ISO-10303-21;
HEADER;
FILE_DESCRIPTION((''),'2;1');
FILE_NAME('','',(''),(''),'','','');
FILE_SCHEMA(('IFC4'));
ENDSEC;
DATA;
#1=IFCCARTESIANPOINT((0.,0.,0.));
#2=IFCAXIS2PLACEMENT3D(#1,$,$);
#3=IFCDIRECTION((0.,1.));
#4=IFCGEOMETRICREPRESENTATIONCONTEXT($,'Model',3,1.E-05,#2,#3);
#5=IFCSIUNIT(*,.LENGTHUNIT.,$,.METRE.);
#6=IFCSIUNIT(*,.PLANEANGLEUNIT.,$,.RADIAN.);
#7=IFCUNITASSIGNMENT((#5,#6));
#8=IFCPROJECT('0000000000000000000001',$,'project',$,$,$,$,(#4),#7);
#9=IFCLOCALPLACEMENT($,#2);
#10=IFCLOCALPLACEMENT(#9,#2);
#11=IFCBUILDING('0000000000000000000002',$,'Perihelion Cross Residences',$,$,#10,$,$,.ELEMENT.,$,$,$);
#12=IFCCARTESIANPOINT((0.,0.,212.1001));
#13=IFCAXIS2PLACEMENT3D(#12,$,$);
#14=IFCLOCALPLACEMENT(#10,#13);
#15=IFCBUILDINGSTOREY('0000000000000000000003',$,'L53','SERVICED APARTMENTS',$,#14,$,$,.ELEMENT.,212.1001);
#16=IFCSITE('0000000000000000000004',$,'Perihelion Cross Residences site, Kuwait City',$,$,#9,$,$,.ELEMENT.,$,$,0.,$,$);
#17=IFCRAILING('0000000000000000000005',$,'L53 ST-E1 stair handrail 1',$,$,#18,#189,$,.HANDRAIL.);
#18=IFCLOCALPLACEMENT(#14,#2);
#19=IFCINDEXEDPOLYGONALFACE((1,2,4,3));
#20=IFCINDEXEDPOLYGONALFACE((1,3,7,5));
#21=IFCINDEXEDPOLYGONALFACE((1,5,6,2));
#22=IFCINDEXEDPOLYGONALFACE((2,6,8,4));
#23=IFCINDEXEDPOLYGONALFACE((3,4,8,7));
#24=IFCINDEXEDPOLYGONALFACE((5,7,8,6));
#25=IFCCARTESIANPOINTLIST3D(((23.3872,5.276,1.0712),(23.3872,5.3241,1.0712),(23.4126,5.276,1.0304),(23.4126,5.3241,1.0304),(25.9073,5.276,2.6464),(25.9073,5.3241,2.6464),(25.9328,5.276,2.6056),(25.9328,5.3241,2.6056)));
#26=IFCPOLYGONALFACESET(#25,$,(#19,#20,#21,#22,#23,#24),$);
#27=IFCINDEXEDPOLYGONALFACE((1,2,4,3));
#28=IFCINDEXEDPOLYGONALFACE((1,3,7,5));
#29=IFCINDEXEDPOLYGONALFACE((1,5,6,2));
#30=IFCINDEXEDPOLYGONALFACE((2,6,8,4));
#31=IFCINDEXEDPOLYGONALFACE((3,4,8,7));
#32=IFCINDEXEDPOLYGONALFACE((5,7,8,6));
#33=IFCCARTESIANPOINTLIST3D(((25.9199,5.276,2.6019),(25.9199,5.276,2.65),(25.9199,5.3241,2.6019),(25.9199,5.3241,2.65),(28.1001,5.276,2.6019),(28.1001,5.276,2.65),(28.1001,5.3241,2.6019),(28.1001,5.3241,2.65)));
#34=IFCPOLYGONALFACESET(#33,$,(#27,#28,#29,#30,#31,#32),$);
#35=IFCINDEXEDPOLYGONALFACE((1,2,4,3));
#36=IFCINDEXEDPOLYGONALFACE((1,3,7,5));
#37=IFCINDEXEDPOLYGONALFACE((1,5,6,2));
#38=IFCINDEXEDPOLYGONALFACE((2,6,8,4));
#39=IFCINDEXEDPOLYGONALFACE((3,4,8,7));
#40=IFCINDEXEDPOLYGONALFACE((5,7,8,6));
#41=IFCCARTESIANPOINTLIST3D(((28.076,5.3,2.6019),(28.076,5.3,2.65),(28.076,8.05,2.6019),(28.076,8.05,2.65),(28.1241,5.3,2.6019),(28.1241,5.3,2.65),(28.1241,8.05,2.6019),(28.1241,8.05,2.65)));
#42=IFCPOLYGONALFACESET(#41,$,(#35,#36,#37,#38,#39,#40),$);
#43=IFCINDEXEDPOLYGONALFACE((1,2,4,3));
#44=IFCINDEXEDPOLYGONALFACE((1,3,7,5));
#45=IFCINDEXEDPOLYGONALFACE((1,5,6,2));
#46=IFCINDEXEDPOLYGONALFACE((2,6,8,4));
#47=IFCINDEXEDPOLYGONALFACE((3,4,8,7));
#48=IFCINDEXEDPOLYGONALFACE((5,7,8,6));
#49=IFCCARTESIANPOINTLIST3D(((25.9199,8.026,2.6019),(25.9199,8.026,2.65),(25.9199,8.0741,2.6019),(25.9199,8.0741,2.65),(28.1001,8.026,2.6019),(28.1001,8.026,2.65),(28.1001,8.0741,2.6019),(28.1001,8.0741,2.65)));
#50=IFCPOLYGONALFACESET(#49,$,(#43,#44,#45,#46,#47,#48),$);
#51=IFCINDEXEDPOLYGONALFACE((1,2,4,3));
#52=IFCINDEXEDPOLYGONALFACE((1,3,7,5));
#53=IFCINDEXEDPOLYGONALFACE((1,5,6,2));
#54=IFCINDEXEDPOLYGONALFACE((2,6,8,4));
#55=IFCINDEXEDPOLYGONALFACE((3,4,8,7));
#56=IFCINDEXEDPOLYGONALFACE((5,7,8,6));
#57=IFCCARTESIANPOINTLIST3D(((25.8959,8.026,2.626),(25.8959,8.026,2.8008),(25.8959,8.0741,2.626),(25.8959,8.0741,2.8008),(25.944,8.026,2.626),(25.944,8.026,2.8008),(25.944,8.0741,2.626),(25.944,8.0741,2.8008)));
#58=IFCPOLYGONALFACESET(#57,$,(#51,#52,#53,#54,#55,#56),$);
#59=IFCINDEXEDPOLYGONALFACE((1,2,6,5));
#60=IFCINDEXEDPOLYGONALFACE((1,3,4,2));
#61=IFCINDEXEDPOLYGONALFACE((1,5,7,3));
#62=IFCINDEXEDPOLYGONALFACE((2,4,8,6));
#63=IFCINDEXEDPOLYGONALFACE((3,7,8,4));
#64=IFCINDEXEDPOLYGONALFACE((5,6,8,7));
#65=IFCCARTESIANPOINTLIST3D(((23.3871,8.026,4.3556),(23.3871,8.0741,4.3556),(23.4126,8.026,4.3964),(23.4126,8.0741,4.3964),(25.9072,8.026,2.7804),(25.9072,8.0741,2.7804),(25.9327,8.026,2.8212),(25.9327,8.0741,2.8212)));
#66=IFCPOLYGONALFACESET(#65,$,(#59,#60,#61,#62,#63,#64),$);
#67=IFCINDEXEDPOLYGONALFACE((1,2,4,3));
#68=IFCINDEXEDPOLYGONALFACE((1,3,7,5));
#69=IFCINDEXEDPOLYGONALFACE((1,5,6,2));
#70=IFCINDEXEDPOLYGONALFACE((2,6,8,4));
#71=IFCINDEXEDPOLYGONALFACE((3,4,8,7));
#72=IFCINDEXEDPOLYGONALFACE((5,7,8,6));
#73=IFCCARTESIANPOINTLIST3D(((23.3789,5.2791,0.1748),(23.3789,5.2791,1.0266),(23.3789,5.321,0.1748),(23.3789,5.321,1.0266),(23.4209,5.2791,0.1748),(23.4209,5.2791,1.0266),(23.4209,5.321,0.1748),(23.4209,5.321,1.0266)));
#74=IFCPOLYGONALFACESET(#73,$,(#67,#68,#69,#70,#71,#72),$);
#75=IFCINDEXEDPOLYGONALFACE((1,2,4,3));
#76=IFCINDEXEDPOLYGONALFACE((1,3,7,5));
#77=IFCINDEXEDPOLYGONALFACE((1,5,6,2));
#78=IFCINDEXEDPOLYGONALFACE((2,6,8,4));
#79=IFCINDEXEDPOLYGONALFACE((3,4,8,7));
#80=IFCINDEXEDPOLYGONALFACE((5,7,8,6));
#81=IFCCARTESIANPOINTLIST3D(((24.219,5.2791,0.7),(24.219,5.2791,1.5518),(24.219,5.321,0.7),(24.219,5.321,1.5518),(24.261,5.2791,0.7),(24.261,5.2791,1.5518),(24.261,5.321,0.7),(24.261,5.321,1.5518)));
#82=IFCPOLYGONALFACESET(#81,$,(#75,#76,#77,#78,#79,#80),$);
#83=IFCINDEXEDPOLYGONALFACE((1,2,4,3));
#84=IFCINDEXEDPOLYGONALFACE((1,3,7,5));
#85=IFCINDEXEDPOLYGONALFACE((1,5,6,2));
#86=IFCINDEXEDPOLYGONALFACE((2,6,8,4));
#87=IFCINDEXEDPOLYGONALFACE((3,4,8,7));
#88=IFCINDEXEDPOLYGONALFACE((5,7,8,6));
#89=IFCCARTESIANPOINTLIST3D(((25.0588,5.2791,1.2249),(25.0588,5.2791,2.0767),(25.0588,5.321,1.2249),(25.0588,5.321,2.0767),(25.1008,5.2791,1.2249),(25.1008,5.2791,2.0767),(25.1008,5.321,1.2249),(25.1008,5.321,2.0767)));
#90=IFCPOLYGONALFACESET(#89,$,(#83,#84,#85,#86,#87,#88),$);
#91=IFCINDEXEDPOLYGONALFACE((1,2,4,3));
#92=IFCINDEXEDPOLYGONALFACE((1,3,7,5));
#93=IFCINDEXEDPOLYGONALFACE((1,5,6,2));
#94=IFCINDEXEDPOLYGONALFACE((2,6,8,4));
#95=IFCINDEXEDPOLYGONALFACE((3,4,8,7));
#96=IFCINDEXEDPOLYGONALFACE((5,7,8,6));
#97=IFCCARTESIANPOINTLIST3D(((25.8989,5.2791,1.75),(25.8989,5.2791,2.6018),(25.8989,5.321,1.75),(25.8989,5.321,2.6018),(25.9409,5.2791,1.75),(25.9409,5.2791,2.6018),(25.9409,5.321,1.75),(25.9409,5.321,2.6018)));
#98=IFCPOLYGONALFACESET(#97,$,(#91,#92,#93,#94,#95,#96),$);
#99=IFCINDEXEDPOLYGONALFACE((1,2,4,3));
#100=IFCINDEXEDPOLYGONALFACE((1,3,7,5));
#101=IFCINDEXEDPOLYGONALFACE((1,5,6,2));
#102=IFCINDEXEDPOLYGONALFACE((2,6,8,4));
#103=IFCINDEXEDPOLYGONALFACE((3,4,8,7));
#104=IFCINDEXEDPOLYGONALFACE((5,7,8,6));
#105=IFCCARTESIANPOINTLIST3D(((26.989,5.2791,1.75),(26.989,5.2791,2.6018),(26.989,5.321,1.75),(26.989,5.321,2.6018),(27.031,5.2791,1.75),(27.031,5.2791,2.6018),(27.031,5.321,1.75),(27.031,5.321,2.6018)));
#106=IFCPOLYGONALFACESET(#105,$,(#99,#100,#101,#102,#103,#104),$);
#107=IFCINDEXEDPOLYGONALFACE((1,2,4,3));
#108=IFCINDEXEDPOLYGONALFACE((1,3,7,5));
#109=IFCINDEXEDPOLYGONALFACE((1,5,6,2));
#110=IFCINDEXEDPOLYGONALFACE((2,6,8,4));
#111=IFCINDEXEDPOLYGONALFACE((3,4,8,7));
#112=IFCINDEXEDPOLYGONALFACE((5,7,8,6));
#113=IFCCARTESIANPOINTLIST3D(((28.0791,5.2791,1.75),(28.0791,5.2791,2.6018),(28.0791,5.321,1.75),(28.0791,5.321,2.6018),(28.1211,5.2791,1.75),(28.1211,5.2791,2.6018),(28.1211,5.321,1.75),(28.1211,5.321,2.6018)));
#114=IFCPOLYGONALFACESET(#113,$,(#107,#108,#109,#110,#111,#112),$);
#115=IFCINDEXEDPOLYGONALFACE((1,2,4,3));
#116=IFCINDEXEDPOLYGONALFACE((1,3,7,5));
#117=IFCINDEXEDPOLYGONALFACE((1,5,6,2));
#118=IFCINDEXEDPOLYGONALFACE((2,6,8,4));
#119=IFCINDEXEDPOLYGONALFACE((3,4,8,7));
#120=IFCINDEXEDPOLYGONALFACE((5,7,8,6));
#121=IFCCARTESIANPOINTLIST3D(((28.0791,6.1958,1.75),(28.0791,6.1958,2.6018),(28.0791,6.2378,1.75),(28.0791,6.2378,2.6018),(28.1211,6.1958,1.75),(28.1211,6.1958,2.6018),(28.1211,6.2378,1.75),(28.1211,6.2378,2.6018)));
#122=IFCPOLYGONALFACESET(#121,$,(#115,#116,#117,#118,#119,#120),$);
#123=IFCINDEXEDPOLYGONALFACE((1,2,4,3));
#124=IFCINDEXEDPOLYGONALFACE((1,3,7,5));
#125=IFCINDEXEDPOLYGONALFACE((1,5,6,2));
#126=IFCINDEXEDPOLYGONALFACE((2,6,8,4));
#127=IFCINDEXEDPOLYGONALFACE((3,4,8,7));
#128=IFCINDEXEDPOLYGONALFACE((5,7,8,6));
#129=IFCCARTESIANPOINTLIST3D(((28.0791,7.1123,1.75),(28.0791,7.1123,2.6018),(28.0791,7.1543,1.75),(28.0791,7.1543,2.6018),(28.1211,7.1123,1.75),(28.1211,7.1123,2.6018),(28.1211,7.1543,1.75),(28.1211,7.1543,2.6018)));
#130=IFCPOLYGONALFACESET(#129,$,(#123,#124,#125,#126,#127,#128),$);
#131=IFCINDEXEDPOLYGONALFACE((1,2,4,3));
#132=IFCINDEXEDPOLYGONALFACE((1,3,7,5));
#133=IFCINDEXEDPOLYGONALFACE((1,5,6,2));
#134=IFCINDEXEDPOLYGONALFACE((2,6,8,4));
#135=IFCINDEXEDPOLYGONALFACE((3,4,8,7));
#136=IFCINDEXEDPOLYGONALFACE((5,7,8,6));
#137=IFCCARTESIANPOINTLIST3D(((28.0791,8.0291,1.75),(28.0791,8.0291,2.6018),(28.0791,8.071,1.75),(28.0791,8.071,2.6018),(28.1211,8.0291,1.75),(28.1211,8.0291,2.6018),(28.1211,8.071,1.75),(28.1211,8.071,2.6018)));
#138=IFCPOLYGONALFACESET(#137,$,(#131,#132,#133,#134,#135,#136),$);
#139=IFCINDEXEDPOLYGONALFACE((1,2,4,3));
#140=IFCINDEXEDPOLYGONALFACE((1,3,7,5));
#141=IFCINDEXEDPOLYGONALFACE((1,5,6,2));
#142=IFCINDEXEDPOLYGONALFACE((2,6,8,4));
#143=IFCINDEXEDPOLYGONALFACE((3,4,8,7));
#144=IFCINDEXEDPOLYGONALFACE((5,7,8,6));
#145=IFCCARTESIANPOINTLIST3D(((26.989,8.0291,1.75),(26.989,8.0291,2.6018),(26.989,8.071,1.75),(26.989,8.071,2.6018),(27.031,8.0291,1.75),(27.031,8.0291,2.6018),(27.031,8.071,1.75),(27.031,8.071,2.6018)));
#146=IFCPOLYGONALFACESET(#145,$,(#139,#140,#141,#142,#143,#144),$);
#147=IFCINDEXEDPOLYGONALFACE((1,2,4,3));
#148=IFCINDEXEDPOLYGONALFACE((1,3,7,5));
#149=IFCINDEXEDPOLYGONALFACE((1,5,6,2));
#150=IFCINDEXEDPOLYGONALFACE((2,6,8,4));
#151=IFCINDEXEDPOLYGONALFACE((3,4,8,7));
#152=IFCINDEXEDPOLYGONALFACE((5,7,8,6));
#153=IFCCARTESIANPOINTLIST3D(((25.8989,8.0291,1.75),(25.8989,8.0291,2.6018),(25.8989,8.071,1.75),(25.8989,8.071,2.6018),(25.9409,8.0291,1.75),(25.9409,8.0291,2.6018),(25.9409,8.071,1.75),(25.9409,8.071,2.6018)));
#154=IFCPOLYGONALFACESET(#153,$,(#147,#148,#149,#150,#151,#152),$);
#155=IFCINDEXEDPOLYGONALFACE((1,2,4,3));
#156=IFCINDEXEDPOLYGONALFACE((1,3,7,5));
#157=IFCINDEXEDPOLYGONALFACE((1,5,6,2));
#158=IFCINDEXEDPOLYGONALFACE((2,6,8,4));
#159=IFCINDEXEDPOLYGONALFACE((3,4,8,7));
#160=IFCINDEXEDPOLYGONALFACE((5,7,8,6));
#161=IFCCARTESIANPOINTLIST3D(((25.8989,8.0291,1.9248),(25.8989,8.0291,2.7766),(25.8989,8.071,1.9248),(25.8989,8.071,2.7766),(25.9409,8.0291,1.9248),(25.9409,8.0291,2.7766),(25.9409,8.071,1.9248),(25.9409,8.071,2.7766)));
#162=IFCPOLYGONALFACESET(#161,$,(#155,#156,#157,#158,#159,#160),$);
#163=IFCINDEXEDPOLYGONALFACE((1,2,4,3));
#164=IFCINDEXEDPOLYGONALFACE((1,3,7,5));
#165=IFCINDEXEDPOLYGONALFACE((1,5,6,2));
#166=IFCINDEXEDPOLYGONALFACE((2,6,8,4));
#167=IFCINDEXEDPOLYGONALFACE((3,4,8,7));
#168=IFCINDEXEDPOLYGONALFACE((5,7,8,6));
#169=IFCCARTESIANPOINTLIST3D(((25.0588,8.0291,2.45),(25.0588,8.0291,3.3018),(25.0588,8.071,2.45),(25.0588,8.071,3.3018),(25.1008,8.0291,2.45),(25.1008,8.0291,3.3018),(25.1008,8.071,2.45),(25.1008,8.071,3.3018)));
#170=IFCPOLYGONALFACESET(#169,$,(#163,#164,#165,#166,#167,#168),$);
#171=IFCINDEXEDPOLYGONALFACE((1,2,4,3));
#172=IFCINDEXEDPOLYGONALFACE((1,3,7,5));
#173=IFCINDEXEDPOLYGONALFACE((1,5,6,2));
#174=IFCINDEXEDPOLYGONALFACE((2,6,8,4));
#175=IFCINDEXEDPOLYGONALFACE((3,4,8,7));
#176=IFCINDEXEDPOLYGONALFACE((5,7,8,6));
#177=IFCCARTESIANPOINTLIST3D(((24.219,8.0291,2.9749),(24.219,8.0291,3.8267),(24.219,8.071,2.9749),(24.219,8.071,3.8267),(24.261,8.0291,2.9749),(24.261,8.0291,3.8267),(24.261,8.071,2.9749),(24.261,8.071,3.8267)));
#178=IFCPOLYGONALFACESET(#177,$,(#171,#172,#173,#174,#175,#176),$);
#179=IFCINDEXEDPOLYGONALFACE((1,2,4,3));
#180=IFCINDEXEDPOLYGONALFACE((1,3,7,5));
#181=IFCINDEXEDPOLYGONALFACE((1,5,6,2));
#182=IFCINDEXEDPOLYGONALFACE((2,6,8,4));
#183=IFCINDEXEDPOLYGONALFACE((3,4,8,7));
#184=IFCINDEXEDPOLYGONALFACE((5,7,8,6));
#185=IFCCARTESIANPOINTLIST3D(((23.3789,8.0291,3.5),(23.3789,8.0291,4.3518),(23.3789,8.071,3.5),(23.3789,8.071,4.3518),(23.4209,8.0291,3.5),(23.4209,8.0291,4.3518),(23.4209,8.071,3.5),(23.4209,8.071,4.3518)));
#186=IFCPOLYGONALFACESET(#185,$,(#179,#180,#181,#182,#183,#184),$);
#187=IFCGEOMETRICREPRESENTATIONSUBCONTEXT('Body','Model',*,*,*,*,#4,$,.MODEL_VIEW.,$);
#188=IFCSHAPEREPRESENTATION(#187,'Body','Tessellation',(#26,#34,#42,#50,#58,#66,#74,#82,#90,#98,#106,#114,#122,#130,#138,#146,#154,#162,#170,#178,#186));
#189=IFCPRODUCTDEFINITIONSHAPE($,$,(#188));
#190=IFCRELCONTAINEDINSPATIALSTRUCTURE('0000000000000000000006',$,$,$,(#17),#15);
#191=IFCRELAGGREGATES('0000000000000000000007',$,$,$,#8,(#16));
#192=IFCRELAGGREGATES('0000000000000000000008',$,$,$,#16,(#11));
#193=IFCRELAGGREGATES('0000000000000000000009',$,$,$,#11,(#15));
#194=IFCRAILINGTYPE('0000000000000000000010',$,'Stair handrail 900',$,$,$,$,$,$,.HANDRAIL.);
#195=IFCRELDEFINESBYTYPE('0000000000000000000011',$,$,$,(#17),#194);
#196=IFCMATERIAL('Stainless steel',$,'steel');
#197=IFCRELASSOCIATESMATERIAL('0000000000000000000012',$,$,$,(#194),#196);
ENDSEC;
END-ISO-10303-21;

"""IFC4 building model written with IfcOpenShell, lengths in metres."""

from ifc_helpers import new_model, si_unit, direction, frame, origin, origin_2d, place, context, subcontext, project, spatial, rectangle, extrude, material, type_object, element, save


model = new_model("IFC4")

# Units and contexts
model_context = context("Model", 3, precision=1e-05, world=origin(), true_north=direction((0.0, 1.0)))
body_context = subcontext(model_context, "Body", "Model", "MODEL_VIEW")
ifc_project = project(units=[si_unit("LENGTHUNIT", "METRE"), si_unit("PLANEANGLEUNIT", "RADIAN")], contexts=[model_context])

# Site, building, storey
site_placement = place(None, origin())
site = spatial("IfcSite", under=ifc_project, at=site_placement, Name="Perihelion Cross Residences site, Kuwait City", CompositionType="ELEMENT", RefElevation=0.0)
building_placement = place(site_placement, origin())
building = spatial("IfcBuilding", under=site, at=building_placement, Name="Perihelion Cross Residences", CompositionType="ELEMENT")
storey_placement = place(building_placement, frame((0.0, 0.0, 212.1001)))
storey = spatial("IfcBuildingStorey", under=building, at=storey_placement, Name="L53", Description="SERVICED APARTMENTS", CompositionType="ELEMENT", Elevation=212.1001)

# Railing
ifc_material_1 = material(Name="Stainless steel", Category="steel")
railing_type_1 = type_object("IfcRailingType", Name="Stair handrail 900", PredefinedType="HANDRAIL", material=ifc_material_1)
railing_1_placement = place(storey_placement, frame((23.3999, 5.3, 0.1748)))
element("IfcRailing", 1, at=railing_1_placement, inside=storey, type_object=railing_type_1, Name="L53 ST-E1 stair handrail 1", PredefinedType="HANDRAIL", context=body_context, shape_type="SweptSolid", body=[
    extrude(rectangle(XDim=0.0481, YDim=0.0481, at=origin_2d()), frame((0.0, 0.0, 0.876), z_axis=(0.847971, 0.0, 0.530043), x_axis=(0.0, 1.0, 0.0)), (0.0, 0.0, 1.0), 2.9719),
    extrude(rectangle(XDim=0.0481, YDim=0.0481, at=origin_2d()), frame((2.52, 0.0, 2.4512), z_axis=(1.0, 0.0, 0.0), x_axis=(0.0, 1.0, 0.0)), (0.0, 0.0, 1.0), 2.1802),
    extrude(rectangle(XDim=0.0481, YDim=0.0481, at=origin_2d()), frame((4.7002, 0.0, 2.4512), z_axis=(0.0, 1.0, 0.0), x_axis=(-1.0, 0.0, 0.0)), (0.0, 0.0, 1.0), 2.75),
    extrude(rectangle(XDim=0.0481, YDim=0.0481, at=origin_2d()), frame((4.7002, 2.75, 2.4512), z_axis=(-1.0, 0.0, 0.0), x_axis=(0.0, -1.0, 0.0)), (0.0, 0.0, 1.0), 2.1802),
    extrude(rectangle(XDim=0.0481, YDim=0.0481, at=origin_2d()), frame((2.52, 2.75, 2.4512), z_axis=(0.0, 0.0, 1.0), x_axis=(1.0, 0.0, 0.0)), (0.0, 0.0, 1.0), 0.1748),
    extrude(rectangle(XDim=0.0481, YDim=0.0481, at=origin_2d()), frame((2.52, 2.75, 2.626), z_axis=(-0.847971, 0.0, 0.530043), x_axis=(0.0, -1.0, 0.0)), (0.0, 0.0, 1.0), 2.9719),
    extrude(rectangle(XDim=0.042, YDim=0.042, at=origin_2d()), origin(), (0.0, 0.0, 1.0), 0.8518),
    extrude(rectangle(XDim=0.042, YDim=0.042, at=origin_2d()), frame((0.8401, 0.0, 0.5251)), (0.0, 0.0, 1.0), 0.8518),
    extrude(rectangle(XDim=0.042, YDim=0.042, at=origin_2d()), frame((1.6799, 0.0, 1.05)), (0.0, 0.0, 1.0), 0.8518),
    extrude(rectangle(XDim=0.042, YDim=0.042, at=origin_2d()), frame((2.52, 0.0, 1.5752)), (0.0, 0.0, 1.0), 0.8518),
    extrude(rectangle(XDim=0.042, YDim=0.042, at=origin_2d()), frame((3.6101, 0.0, 1.5752)), (0.0, 0.0, 1.0), 0.8518),
    extrude(rectangle(XDim=0.042, YDim=0.042, at=origin_2d()), frame((4.7002, 0.0, 1.5752)), (0.0, 0.0, 1.0), 0.8518),
    extrude(rectangle(XDim=0.042, YDim=0.042, at=origin_2d()), frame((4.7002, 0.9167, 1.5752)), (0.0, 0.0, 1.0), 0.8518),
    extrude(rectangle(XDim=0.042, YDim=0.042, at=origin_2d()), frame((4.7002, 1.8333, 1.5752)), (0.0, 0.0, 1.0), 0.8518),
    extrude(rectangle(XDim=0.042, YDim=0.042, at=origin_2d()), frame((4.7002, 2.75, 1.5752)), (0.0, 0.0, 1.0), 0.8518),
    extrude(rectangle(XDim=0.042, YDim=0.042, at=origin_2d()), frame((3.6101, 2.75, 1.5752)), (0.0, 0.0, 1.0), 0.8518),
    extrude(rectangle(XDim=0.042, YDim=0.042, at=origin_2d()), frame((2.52, 2.75, 1.5752)), (0.0, 0.0, 1.0), 0.8518),
    extrude(rectangle(XDim=0.042, YDim=0.042, at=origin_2d()), frame((2.52, 2.75, 1.75)), (0.0, 0.0, 1.0), 0.8518),
    extrude(rectangle(XDim=0.042, YDim=0.042, at=origin_2d()), frame((1.6799, 2.75, 2.2751)), (0.0, 0.0, 1.0), 0.8518),
    extrude(rectangle(XDim=0.042, YDim=0.042, at=origin_2d()), frame((0.8401, 2.75, 2.8)), (0.0, 0.0, 1.0), 0.8518),
    extrude(rectangle(XDim=0.042, YDim=0.042, at=origin_2d()), frame((0.0, 2.75, 3.3252)), (0.0, 0.0, 1.0), 0.8518),
])

save(model, "model.ifc")
